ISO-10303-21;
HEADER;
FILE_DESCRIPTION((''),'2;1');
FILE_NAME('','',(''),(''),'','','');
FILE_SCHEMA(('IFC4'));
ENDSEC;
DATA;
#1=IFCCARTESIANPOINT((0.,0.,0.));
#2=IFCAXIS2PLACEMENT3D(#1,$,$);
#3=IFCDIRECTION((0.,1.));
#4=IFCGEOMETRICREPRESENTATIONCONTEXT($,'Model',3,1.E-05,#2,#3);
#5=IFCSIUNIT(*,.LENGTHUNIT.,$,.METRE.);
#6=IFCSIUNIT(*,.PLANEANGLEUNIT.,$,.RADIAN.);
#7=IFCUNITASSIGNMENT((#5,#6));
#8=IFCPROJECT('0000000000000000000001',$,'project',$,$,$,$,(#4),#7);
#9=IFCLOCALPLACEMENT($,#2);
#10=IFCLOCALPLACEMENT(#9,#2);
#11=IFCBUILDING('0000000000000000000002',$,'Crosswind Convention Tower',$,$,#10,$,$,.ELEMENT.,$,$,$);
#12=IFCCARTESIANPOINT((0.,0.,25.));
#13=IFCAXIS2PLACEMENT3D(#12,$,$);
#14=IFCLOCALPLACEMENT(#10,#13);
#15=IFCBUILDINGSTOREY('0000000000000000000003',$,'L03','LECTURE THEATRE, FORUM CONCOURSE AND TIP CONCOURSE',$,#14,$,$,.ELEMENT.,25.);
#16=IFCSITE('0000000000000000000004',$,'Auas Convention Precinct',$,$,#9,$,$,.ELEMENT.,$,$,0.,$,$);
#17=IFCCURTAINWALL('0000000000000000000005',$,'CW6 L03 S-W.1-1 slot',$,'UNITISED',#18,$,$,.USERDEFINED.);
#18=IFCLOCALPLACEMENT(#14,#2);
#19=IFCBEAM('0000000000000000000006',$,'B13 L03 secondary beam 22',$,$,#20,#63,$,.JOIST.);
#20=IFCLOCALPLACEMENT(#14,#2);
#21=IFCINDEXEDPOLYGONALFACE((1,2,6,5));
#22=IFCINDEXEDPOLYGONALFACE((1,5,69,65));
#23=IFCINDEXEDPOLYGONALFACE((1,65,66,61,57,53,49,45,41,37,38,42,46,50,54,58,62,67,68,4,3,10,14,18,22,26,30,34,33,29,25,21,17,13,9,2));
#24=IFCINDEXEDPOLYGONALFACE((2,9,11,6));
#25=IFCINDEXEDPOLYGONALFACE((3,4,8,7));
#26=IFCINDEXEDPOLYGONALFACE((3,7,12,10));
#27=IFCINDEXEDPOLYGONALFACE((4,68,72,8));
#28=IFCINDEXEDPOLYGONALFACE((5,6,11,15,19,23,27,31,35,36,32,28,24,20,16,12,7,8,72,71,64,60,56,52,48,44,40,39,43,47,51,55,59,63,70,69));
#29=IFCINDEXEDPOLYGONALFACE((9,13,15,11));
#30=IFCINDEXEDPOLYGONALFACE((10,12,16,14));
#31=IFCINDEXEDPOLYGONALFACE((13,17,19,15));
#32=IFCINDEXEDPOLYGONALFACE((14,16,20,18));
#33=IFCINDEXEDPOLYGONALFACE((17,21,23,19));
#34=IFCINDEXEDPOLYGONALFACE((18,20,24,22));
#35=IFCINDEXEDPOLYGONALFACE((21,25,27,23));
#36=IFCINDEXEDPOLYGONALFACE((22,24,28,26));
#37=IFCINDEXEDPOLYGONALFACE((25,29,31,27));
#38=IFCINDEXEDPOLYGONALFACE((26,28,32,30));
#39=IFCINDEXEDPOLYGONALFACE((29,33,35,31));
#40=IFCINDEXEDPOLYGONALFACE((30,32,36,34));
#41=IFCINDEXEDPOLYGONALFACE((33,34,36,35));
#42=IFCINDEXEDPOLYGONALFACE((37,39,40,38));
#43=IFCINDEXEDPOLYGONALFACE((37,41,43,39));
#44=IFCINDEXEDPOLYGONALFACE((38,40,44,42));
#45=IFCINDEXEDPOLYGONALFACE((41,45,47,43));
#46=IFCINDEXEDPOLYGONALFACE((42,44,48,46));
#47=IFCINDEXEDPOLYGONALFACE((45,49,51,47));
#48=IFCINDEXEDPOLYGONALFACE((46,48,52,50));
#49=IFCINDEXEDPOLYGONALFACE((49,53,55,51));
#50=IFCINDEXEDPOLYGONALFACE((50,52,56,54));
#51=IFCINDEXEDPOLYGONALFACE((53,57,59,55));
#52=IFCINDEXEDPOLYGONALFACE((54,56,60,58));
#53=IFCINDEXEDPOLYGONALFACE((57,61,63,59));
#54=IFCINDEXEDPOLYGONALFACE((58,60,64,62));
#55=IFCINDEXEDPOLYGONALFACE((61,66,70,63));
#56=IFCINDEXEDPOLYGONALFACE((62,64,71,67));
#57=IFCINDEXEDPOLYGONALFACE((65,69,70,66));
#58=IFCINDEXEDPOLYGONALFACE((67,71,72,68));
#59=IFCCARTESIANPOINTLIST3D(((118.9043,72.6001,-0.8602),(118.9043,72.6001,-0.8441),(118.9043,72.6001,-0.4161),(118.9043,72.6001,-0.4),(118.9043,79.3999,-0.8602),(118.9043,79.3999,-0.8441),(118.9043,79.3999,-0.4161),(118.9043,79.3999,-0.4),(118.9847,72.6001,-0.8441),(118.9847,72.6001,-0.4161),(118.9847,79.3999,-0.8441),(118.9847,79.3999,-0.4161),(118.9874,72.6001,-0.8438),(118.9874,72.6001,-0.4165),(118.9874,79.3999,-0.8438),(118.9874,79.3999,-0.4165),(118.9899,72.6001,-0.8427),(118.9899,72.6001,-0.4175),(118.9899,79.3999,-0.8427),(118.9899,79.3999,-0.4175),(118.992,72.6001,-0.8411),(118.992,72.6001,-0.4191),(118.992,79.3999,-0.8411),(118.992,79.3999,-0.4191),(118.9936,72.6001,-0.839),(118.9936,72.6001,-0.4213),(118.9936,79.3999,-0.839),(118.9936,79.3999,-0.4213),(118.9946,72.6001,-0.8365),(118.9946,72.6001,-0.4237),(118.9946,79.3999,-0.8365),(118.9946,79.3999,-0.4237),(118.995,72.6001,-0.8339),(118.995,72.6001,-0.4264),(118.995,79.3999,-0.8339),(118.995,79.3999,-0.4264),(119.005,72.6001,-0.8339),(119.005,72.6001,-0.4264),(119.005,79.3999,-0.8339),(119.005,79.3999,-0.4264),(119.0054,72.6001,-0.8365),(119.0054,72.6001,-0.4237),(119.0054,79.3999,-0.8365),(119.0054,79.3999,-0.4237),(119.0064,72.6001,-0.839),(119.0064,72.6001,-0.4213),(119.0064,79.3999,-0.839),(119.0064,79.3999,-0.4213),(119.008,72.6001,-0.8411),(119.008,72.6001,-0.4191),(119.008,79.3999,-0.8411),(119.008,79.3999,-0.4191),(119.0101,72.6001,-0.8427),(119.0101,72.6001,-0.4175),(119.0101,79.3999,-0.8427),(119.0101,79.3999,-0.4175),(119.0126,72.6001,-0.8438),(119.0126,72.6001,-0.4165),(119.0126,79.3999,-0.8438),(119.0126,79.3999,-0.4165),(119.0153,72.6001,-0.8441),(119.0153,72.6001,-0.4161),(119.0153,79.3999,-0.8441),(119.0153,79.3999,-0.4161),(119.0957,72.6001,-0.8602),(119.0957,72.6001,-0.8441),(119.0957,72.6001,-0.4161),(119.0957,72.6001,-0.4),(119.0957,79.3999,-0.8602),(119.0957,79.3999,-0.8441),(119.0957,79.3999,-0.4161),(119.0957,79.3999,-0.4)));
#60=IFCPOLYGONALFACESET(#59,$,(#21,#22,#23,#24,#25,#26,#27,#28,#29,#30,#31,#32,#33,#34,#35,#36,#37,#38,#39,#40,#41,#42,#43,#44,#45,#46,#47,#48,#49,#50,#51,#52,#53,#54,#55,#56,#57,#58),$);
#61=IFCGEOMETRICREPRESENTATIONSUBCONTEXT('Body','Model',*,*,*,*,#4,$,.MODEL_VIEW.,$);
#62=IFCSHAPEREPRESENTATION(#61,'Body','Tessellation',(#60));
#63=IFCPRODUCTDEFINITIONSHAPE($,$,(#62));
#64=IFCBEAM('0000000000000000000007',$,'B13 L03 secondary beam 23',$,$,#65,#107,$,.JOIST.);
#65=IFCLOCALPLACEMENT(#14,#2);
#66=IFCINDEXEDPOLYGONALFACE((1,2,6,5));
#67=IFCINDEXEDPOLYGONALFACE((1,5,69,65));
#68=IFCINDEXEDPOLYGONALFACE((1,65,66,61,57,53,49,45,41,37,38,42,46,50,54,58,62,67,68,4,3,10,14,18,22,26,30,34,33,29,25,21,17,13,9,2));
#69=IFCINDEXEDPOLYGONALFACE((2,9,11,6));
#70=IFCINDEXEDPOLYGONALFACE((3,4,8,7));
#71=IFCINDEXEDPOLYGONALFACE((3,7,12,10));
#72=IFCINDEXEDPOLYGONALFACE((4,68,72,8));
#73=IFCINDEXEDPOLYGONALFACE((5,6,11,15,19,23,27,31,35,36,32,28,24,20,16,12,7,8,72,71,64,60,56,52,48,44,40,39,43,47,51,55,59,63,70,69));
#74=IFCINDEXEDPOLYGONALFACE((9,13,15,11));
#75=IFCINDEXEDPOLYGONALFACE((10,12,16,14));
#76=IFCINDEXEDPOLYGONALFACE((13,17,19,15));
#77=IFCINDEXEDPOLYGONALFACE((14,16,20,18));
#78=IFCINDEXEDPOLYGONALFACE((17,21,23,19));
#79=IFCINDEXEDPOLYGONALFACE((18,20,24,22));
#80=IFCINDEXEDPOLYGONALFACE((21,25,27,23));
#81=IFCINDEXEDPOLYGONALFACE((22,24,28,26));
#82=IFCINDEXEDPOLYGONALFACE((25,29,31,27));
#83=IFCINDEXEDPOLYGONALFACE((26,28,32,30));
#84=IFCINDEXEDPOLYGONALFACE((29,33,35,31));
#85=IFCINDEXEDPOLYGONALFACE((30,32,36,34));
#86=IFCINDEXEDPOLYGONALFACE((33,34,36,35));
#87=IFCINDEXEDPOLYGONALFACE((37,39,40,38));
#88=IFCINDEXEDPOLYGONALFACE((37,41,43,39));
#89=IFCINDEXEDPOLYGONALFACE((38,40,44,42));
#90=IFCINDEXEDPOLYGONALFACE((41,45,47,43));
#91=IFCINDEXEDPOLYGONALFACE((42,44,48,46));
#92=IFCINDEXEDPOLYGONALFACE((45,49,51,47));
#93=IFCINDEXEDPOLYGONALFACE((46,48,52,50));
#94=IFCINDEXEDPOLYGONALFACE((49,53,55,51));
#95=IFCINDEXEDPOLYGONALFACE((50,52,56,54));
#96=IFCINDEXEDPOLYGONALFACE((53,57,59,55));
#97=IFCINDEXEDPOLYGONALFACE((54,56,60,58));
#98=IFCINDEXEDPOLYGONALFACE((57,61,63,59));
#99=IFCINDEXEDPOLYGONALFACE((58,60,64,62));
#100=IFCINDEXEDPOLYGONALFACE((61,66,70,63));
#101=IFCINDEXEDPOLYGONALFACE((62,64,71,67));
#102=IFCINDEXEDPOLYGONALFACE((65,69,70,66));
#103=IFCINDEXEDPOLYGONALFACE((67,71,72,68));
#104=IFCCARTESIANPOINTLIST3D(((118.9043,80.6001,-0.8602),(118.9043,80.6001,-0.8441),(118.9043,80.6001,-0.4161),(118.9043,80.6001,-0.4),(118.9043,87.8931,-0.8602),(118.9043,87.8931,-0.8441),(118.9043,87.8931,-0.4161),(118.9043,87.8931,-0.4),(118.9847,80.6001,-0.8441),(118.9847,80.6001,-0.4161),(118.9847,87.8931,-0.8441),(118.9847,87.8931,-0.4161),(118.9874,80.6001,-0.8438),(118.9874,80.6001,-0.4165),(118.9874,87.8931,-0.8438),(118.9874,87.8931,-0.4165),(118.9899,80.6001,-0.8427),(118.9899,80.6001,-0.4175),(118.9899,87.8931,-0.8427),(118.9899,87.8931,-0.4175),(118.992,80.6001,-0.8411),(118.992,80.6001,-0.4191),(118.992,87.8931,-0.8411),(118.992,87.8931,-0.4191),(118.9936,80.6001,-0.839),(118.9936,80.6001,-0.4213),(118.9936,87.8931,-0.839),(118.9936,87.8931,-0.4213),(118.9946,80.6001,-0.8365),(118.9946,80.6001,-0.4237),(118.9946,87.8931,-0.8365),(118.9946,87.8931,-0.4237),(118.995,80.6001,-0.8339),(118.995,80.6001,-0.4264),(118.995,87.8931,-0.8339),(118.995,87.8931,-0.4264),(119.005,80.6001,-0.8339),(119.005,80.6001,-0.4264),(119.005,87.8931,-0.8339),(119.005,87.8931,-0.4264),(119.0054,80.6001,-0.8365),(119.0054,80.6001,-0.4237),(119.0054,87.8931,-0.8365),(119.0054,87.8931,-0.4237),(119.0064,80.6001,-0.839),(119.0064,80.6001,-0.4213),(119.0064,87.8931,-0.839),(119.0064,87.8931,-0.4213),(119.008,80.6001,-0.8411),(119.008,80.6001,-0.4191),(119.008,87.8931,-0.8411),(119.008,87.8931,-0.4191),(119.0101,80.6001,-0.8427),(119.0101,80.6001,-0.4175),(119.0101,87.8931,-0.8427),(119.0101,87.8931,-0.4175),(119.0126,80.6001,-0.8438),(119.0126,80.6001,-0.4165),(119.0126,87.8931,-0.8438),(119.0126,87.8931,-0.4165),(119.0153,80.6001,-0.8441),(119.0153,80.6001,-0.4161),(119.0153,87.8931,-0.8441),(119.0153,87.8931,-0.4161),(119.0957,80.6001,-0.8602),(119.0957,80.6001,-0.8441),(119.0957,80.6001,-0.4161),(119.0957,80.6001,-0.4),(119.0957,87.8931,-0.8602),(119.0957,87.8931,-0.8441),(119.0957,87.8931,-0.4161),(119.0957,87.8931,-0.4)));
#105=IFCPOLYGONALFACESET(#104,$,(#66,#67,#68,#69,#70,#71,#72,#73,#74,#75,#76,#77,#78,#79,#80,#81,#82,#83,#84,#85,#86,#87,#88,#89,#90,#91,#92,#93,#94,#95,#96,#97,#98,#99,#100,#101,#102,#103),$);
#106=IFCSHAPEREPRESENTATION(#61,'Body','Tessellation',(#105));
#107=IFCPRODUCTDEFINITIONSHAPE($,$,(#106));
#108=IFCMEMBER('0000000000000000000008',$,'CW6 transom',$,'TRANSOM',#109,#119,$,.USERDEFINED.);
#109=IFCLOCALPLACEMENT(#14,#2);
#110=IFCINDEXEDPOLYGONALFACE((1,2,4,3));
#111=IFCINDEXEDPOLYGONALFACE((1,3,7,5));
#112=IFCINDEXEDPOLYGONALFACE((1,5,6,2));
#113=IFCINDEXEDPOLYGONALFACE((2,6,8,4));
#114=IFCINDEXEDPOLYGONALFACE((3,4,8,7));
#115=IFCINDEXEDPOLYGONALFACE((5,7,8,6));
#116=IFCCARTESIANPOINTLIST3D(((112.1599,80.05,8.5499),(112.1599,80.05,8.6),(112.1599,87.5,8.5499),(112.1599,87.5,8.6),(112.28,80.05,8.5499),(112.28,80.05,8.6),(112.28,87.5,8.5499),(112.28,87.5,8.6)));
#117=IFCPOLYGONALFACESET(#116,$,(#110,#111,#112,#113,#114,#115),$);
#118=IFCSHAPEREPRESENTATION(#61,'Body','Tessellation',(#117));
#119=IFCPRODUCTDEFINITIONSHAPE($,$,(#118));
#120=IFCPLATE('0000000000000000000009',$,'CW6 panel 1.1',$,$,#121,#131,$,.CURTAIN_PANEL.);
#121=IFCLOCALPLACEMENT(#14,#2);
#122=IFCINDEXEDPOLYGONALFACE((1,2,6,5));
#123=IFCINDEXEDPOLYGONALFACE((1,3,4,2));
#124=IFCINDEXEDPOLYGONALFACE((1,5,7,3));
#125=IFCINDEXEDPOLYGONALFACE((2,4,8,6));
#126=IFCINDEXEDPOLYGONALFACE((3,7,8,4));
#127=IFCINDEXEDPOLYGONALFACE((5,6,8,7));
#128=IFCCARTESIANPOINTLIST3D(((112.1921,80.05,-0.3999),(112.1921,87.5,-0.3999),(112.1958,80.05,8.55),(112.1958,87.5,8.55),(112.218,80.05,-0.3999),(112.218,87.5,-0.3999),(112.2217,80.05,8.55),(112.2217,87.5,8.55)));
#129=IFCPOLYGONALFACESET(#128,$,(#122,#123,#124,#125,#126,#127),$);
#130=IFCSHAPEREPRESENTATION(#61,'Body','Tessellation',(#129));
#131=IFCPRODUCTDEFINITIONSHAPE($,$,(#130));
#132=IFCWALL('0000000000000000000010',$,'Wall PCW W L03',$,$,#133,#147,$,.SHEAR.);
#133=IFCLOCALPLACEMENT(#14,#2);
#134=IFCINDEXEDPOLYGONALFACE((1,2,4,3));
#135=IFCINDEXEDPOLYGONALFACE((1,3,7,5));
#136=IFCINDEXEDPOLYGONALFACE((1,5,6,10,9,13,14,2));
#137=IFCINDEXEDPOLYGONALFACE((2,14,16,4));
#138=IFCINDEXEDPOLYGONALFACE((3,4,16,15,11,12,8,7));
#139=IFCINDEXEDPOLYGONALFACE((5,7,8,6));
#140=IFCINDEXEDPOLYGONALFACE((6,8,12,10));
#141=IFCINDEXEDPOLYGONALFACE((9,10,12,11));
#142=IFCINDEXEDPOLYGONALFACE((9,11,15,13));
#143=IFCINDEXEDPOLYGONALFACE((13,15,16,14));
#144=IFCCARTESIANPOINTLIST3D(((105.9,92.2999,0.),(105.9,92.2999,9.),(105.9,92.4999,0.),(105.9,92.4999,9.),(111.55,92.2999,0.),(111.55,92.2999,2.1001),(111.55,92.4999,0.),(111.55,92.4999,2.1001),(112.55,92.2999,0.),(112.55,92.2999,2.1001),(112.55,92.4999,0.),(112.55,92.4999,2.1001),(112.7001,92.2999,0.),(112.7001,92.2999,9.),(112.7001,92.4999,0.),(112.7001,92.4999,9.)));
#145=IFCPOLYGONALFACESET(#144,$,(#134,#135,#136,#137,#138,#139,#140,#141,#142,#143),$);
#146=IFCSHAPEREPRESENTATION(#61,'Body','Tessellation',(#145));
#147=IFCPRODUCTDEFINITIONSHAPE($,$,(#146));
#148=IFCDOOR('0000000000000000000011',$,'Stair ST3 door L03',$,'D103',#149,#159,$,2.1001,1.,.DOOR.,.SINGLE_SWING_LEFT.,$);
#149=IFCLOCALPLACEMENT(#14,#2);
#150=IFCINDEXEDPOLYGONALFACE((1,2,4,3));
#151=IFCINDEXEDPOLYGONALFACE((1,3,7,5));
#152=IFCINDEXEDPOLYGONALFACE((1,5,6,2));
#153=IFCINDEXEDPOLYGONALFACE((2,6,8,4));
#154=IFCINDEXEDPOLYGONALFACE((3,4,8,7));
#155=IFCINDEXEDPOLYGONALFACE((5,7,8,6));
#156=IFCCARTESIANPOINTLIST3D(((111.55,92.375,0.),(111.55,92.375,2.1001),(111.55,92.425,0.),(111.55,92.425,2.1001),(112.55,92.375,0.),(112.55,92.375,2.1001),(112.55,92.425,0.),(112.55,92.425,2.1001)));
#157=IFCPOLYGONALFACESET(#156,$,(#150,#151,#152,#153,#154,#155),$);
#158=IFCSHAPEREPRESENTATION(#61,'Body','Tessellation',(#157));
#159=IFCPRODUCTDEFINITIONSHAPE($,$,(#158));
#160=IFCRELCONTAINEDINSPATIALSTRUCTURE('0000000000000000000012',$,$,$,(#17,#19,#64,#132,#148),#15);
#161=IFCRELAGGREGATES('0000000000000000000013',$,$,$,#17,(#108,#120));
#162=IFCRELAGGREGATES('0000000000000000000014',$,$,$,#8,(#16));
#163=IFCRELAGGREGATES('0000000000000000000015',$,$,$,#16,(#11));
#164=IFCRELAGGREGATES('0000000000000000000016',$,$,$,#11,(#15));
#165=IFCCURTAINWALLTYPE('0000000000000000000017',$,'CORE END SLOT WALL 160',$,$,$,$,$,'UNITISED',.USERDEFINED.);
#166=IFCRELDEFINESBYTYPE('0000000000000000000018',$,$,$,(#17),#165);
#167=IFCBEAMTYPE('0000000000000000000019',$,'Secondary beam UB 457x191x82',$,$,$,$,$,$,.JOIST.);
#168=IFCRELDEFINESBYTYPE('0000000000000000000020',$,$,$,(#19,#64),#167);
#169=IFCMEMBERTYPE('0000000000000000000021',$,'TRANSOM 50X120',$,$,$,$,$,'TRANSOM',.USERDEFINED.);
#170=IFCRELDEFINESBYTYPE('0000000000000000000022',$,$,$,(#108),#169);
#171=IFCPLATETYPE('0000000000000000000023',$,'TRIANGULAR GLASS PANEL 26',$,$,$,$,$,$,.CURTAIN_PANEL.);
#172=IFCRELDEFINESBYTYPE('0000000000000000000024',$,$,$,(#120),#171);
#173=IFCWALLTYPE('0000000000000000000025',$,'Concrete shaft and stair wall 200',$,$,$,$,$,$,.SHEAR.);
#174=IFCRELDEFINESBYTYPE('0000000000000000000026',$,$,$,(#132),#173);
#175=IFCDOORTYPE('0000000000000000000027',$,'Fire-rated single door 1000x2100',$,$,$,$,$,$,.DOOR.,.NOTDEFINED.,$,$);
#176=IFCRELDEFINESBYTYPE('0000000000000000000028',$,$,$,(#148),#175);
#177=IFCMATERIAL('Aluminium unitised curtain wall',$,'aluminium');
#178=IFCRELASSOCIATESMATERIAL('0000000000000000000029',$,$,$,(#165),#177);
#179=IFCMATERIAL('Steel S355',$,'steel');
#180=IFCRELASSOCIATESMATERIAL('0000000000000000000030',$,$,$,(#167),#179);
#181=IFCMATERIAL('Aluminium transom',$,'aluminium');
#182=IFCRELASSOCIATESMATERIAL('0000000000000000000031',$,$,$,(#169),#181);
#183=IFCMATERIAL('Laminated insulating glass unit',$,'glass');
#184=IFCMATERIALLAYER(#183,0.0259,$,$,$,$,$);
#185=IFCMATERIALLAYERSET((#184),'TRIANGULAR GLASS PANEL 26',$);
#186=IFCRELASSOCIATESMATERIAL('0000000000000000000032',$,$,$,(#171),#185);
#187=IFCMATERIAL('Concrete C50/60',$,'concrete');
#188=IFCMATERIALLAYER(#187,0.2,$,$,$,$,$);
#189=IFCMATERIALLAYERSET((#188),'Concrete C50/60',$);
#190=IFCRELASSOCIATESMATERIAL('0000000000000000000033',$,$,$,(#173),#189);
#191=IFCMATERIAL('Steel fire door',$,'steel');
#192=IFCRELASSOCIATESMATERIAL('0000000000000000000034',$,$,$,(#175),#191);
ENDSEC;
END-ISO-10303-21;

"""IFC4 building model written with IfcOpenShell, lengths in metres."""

from ifc_helpers import new_model, si_unit, direction, frame, frame_2d, origin, origin_2d, place, context, subcontext, project, spatial, polyline, rectangle, i_section, outline, extrude, material, layer, layer_set, material_profile, profile_set, type_object, element, fill, aggregate, save


model = new_model("IFC4")

# Units and contexts
model_context = context("Model", 3, precision=1e-05, world=origin(), true_north=direction((0.0, 1.0)))
body_context = subcontext(model_context, "Body", "Model", "MODEL_VIEW")
ifc_project = project(units=[si_unit("LENGTHUNIT", "METRE"), si_unit("PLANEANGLEUNIT", "RADIAN")], contexts=[model_context])

# Site, building, storey
site_placement = place(None, origin())
site = spatial("IfcSite", under=ifc_project, at=site_placement, Name="Auas Convention Precinct", CompositionType="ELEMENT", RefElevation=0.0)
building_placement = place(site_placement, origin())
building = spatial("IfcBuilding", under=site, at=building_placement, Name="Crosswind Convention Tower", CompositionType="ELEMENT")
storey_placement = place(building_placement, frame((0.0, 0.0, 25.0)))
storey = spatial("IfcBuildingStorey", under=building, at=storey_placement, Name="L03", Description="LECTURE THEATRE, FORUM CONCOURSE AND TIP CONCOURSE", CompositionType="ELEMENT", Elevation=25.0)

# Shared definitions
ifc_material_1 = material(Name="Steel S355", Category="steel")

# Curtain wall
ifc_material_2 = material(Name="Aluminium unitised curtain wall", Category="aluminium")
curtain_wall_type_1 = type_object("IfcCurtainWallType", Name="CORE END SLOT WALL 160", ElementType="UNITISED", PredefinedType="USERDEFINED", material=ifc_material_2)
curtain_wall_1_placement = place(storey_placement, origin())
curtain_wall_1 = element("IfcCurtainWall", 1, at=curtain_wall_1_placement, inside=storey, type_object=curtain_wall_type_1, Name="CW6 L03 S-W.1-1 slot", ObjectType="UNITISED", PredefinedType="USERDEFINED")

# Beams
ifc_material_profile_1 = material_profile(ifc_material_1, i_section(OverallWidth=0.1914, OverallDepth=0.4602, WebThickness=0.01, FlangeThickness=0.0161, FilletRadius=0.0103, at=origin_2d()), Name="UB 457x191x82")
ifc_profile_set_1 = profile_set([ifc_material_profile_1], Name="Steel S355")
beam_type_1 = type_object("IfcBeamType", Name="Secondary beam UB 457x191x82", PredefinedType="JOIST", material=ifc_profile_set_1)
beam_1_placement = place(storey_placement, frame((119.0, 72.6001, -0.6301), z_axis=(0.0, 1.0, 0.0), x_axis=(-1.0, 0.0, 0.0)))
element("IfcBeam", 2, at=beam_1_placement, inside=storey, type_object=beam_type_1, Name="B13 L03 secondary beam 22", PredefinedType="JOIST", context=body_context, shape_type="SweptSolid", body=[
    extrude(i_section(OverallWidth=0.1914, OverallDepth=0.4602, WebThickness=0.01, FlangeThickness=0.0161, FilletRadius=0.0103, at=origin_2d()), origin(), (0.0, 0.0, 1.0), 6.7998),
])
beam_2_placement = place(storey_placement, frame((119.0, 80.6001, -0.6301), z_axis=(0.0, 1.0, 0.0), x_axis=(-1.0, 0.0, 0.0)))
element("IfcBeam", 3, at=beam_2_placement, inside=storey, type_object=beam_type_1, Name="B13 L03 secondary beam 23", PredefinedType="JOIST", context=body_context, shape_type="SweptSolid", body=[
    extrude(i_section(OverallWidth=0.1914, OverallDepth=0.4602, WebThickness=0.01, FlangeThickness=0.0161, FilletRadius=0.0103, at=origin_2d()), origin(), (0.0, 0.0, 1.0), 7.293),
])

# Member
ifc_material_3 = material(Name="Aluminium transom", Category="aluminium")
ifc_material_profile_2 = material_profile(ifc_material_3, rectangle(XDim=0.1201, YDim=0.05, at=origin_2d()), Name="AL 120X50")
ifc_profile_set_2 = profile_set([ifc_material_profile_2], Name="Aluminium transom")
member_type_1 = type_object("IfcMemberType", Name="TRANSOM 50X120", ElementType="TRANSOM", PredefinedType="USERDEFINED", material=ifc_profile_set_2)
member_1_placement = place(storey_placement, frame((112.22, 87.5, 8.575), z_axis=(0.0, -1.0, 0.0), x_axis=(1.0, 0.0, 0.0)))
member_1 = element("IfcMember", 4, at=member_1_placement, type_object=member_type_1, Name="CW6 transom", ObjectType="TRANSOM", PredefinedType="USERDEFINED", context=body_context, shape_type="SweptSolid", body=[
    extrude(rectangle(XDim=0.1201, YDim=0.05, at=origin_2d()), origin(), (0.0, 0.0, 1.0), 7.45),
])

# Plate
ifc_material_4 = material(Name="Laminated insulating glass unit", Category="glass")
ifc_layer_1 = layer(ifc_material_4, 0.0259)
ifc_layer_set_1 = layer_set([ifc_layer_1], Name="TRIANGULAR GLASS PANEL 26")
plate_type = type_object("IfcPlateType", Name="TRIANGULAR GLASS PANEL 26", PredefinedType="CURTAIN_PANEL", material=ifc_layer_set_1)
plate_placement = place(storey_placement, frame((112.1921, 87.5, -0.3999), z_axis=(-1.0, 0.0, 0.000409), x_axis=(0.0, -1.0, 0.0)))
plate = element("IfcPlate", 5, at=plate_placement, type_object=plate_type, Name="CW6 panel 1.1", PredefinedType="CURTAIN_PANEL", context=body_context, shape_type="SweptSolid", body=[
    extrude(outline(polyline([(0.0, 0.0), (7.45, 0.0), (7.45, 8.95), (0.0, 8.95), (0.0, 0.0)])), origin(), (0.0, 0.0, -1.0), 0.0259),
])
aggregate(curtain_wall_1, [member_1, plate])

# Wall, opening, door
ifc_material_5 = material(Name="Concrete C50/60", Category="concrete")
ifc_layer_2 = layer(ifc_material_5, 0.2)
ifc_layer_set_2 = layer_set([ifc_layer_2], Name="Concrete C50/60")
wall_type_1 = type_object("IfcWallType", Name="Concrete shaft and stair wall 200", PredefinedType="SHEAR", material=ifc_layer_set_2)
wall_1_placement = place(storey_placement, frame((112.7, 92.3999, 0.0), z_axis=(0.0, 0.0, 1.0), x_axis=(-1.0, 0.0, 0.0)))
wall_1 = element("IfcWall", 6, at=wall_1_placement, inside=storey, type_object=wall_type_1, Name="Wall PCW W L03", PredefinedType="SHEAR", context=body_context, shape_type="SweptSolid", body=[
    extrude(rectangle(XDim=6.8, YDim=0.2, at=frame_2d((3.3999, 0.0))), origin(), (0.0, 0.0, 1.0), 9.0),
])
opening_1_placement = place(wall_1_placement, frame((0.1499, 0.0, 0.0)))
opening_1 = element("IfcOpeningElement", 7, at=opening_1_placement, cuts=wall_1, PredefinedType="OPENING", context=body_context, shape_type="SweptSolid", body=[
    extrude(rectangle(XDim=1.0, YDim=2.1001, at=frame_2d((0.5, 1.05))), frame((0.0, 0.1099, 0.0), z_axis=(0.0, -1.0, 0.0), x_axis=(1.0, 0.0, 0.0)), (0.0, 0.0, 1.0), 0.22),
])
ifc_material_6 = material(Name="Steel fire door", Category="steel")
door_type_1 = type_object("IfcDoorType", Name="Fire-rated single door 1000x2100", OperationType="NOTDEFINED", PredefinedType="DOOR", material=ifc_material_6)
door_1_placement = place(opening_1_placement, origin())
door_1 = element("IfcDoor", 8, at=door_1_placement, inside=storey, type_object=door_type_1, Name="Stair ST3 door L03", ObjectType="D103", OperationType="SINGLE_SWING_LEFT", OverallHeight=2.1001, OverallWidth=1.0, PredefinedType="DOOR", context=body_context, shape_type="SweptSolid", body=[
    extrude(rectangle(XDim=1.0, YDim=2.1001, at=frame_2d((0.5, 1.05))), frame((0.0, 0.0249, 0.0), z_axis=(0.0, -1.0, 0.0), x_axis=(1.0, 0.0, 0.0)), (0.0, 0.0, 1.0), 0.05),
])
fill(opening_1, door_1)

save(model, "model.ifc")
